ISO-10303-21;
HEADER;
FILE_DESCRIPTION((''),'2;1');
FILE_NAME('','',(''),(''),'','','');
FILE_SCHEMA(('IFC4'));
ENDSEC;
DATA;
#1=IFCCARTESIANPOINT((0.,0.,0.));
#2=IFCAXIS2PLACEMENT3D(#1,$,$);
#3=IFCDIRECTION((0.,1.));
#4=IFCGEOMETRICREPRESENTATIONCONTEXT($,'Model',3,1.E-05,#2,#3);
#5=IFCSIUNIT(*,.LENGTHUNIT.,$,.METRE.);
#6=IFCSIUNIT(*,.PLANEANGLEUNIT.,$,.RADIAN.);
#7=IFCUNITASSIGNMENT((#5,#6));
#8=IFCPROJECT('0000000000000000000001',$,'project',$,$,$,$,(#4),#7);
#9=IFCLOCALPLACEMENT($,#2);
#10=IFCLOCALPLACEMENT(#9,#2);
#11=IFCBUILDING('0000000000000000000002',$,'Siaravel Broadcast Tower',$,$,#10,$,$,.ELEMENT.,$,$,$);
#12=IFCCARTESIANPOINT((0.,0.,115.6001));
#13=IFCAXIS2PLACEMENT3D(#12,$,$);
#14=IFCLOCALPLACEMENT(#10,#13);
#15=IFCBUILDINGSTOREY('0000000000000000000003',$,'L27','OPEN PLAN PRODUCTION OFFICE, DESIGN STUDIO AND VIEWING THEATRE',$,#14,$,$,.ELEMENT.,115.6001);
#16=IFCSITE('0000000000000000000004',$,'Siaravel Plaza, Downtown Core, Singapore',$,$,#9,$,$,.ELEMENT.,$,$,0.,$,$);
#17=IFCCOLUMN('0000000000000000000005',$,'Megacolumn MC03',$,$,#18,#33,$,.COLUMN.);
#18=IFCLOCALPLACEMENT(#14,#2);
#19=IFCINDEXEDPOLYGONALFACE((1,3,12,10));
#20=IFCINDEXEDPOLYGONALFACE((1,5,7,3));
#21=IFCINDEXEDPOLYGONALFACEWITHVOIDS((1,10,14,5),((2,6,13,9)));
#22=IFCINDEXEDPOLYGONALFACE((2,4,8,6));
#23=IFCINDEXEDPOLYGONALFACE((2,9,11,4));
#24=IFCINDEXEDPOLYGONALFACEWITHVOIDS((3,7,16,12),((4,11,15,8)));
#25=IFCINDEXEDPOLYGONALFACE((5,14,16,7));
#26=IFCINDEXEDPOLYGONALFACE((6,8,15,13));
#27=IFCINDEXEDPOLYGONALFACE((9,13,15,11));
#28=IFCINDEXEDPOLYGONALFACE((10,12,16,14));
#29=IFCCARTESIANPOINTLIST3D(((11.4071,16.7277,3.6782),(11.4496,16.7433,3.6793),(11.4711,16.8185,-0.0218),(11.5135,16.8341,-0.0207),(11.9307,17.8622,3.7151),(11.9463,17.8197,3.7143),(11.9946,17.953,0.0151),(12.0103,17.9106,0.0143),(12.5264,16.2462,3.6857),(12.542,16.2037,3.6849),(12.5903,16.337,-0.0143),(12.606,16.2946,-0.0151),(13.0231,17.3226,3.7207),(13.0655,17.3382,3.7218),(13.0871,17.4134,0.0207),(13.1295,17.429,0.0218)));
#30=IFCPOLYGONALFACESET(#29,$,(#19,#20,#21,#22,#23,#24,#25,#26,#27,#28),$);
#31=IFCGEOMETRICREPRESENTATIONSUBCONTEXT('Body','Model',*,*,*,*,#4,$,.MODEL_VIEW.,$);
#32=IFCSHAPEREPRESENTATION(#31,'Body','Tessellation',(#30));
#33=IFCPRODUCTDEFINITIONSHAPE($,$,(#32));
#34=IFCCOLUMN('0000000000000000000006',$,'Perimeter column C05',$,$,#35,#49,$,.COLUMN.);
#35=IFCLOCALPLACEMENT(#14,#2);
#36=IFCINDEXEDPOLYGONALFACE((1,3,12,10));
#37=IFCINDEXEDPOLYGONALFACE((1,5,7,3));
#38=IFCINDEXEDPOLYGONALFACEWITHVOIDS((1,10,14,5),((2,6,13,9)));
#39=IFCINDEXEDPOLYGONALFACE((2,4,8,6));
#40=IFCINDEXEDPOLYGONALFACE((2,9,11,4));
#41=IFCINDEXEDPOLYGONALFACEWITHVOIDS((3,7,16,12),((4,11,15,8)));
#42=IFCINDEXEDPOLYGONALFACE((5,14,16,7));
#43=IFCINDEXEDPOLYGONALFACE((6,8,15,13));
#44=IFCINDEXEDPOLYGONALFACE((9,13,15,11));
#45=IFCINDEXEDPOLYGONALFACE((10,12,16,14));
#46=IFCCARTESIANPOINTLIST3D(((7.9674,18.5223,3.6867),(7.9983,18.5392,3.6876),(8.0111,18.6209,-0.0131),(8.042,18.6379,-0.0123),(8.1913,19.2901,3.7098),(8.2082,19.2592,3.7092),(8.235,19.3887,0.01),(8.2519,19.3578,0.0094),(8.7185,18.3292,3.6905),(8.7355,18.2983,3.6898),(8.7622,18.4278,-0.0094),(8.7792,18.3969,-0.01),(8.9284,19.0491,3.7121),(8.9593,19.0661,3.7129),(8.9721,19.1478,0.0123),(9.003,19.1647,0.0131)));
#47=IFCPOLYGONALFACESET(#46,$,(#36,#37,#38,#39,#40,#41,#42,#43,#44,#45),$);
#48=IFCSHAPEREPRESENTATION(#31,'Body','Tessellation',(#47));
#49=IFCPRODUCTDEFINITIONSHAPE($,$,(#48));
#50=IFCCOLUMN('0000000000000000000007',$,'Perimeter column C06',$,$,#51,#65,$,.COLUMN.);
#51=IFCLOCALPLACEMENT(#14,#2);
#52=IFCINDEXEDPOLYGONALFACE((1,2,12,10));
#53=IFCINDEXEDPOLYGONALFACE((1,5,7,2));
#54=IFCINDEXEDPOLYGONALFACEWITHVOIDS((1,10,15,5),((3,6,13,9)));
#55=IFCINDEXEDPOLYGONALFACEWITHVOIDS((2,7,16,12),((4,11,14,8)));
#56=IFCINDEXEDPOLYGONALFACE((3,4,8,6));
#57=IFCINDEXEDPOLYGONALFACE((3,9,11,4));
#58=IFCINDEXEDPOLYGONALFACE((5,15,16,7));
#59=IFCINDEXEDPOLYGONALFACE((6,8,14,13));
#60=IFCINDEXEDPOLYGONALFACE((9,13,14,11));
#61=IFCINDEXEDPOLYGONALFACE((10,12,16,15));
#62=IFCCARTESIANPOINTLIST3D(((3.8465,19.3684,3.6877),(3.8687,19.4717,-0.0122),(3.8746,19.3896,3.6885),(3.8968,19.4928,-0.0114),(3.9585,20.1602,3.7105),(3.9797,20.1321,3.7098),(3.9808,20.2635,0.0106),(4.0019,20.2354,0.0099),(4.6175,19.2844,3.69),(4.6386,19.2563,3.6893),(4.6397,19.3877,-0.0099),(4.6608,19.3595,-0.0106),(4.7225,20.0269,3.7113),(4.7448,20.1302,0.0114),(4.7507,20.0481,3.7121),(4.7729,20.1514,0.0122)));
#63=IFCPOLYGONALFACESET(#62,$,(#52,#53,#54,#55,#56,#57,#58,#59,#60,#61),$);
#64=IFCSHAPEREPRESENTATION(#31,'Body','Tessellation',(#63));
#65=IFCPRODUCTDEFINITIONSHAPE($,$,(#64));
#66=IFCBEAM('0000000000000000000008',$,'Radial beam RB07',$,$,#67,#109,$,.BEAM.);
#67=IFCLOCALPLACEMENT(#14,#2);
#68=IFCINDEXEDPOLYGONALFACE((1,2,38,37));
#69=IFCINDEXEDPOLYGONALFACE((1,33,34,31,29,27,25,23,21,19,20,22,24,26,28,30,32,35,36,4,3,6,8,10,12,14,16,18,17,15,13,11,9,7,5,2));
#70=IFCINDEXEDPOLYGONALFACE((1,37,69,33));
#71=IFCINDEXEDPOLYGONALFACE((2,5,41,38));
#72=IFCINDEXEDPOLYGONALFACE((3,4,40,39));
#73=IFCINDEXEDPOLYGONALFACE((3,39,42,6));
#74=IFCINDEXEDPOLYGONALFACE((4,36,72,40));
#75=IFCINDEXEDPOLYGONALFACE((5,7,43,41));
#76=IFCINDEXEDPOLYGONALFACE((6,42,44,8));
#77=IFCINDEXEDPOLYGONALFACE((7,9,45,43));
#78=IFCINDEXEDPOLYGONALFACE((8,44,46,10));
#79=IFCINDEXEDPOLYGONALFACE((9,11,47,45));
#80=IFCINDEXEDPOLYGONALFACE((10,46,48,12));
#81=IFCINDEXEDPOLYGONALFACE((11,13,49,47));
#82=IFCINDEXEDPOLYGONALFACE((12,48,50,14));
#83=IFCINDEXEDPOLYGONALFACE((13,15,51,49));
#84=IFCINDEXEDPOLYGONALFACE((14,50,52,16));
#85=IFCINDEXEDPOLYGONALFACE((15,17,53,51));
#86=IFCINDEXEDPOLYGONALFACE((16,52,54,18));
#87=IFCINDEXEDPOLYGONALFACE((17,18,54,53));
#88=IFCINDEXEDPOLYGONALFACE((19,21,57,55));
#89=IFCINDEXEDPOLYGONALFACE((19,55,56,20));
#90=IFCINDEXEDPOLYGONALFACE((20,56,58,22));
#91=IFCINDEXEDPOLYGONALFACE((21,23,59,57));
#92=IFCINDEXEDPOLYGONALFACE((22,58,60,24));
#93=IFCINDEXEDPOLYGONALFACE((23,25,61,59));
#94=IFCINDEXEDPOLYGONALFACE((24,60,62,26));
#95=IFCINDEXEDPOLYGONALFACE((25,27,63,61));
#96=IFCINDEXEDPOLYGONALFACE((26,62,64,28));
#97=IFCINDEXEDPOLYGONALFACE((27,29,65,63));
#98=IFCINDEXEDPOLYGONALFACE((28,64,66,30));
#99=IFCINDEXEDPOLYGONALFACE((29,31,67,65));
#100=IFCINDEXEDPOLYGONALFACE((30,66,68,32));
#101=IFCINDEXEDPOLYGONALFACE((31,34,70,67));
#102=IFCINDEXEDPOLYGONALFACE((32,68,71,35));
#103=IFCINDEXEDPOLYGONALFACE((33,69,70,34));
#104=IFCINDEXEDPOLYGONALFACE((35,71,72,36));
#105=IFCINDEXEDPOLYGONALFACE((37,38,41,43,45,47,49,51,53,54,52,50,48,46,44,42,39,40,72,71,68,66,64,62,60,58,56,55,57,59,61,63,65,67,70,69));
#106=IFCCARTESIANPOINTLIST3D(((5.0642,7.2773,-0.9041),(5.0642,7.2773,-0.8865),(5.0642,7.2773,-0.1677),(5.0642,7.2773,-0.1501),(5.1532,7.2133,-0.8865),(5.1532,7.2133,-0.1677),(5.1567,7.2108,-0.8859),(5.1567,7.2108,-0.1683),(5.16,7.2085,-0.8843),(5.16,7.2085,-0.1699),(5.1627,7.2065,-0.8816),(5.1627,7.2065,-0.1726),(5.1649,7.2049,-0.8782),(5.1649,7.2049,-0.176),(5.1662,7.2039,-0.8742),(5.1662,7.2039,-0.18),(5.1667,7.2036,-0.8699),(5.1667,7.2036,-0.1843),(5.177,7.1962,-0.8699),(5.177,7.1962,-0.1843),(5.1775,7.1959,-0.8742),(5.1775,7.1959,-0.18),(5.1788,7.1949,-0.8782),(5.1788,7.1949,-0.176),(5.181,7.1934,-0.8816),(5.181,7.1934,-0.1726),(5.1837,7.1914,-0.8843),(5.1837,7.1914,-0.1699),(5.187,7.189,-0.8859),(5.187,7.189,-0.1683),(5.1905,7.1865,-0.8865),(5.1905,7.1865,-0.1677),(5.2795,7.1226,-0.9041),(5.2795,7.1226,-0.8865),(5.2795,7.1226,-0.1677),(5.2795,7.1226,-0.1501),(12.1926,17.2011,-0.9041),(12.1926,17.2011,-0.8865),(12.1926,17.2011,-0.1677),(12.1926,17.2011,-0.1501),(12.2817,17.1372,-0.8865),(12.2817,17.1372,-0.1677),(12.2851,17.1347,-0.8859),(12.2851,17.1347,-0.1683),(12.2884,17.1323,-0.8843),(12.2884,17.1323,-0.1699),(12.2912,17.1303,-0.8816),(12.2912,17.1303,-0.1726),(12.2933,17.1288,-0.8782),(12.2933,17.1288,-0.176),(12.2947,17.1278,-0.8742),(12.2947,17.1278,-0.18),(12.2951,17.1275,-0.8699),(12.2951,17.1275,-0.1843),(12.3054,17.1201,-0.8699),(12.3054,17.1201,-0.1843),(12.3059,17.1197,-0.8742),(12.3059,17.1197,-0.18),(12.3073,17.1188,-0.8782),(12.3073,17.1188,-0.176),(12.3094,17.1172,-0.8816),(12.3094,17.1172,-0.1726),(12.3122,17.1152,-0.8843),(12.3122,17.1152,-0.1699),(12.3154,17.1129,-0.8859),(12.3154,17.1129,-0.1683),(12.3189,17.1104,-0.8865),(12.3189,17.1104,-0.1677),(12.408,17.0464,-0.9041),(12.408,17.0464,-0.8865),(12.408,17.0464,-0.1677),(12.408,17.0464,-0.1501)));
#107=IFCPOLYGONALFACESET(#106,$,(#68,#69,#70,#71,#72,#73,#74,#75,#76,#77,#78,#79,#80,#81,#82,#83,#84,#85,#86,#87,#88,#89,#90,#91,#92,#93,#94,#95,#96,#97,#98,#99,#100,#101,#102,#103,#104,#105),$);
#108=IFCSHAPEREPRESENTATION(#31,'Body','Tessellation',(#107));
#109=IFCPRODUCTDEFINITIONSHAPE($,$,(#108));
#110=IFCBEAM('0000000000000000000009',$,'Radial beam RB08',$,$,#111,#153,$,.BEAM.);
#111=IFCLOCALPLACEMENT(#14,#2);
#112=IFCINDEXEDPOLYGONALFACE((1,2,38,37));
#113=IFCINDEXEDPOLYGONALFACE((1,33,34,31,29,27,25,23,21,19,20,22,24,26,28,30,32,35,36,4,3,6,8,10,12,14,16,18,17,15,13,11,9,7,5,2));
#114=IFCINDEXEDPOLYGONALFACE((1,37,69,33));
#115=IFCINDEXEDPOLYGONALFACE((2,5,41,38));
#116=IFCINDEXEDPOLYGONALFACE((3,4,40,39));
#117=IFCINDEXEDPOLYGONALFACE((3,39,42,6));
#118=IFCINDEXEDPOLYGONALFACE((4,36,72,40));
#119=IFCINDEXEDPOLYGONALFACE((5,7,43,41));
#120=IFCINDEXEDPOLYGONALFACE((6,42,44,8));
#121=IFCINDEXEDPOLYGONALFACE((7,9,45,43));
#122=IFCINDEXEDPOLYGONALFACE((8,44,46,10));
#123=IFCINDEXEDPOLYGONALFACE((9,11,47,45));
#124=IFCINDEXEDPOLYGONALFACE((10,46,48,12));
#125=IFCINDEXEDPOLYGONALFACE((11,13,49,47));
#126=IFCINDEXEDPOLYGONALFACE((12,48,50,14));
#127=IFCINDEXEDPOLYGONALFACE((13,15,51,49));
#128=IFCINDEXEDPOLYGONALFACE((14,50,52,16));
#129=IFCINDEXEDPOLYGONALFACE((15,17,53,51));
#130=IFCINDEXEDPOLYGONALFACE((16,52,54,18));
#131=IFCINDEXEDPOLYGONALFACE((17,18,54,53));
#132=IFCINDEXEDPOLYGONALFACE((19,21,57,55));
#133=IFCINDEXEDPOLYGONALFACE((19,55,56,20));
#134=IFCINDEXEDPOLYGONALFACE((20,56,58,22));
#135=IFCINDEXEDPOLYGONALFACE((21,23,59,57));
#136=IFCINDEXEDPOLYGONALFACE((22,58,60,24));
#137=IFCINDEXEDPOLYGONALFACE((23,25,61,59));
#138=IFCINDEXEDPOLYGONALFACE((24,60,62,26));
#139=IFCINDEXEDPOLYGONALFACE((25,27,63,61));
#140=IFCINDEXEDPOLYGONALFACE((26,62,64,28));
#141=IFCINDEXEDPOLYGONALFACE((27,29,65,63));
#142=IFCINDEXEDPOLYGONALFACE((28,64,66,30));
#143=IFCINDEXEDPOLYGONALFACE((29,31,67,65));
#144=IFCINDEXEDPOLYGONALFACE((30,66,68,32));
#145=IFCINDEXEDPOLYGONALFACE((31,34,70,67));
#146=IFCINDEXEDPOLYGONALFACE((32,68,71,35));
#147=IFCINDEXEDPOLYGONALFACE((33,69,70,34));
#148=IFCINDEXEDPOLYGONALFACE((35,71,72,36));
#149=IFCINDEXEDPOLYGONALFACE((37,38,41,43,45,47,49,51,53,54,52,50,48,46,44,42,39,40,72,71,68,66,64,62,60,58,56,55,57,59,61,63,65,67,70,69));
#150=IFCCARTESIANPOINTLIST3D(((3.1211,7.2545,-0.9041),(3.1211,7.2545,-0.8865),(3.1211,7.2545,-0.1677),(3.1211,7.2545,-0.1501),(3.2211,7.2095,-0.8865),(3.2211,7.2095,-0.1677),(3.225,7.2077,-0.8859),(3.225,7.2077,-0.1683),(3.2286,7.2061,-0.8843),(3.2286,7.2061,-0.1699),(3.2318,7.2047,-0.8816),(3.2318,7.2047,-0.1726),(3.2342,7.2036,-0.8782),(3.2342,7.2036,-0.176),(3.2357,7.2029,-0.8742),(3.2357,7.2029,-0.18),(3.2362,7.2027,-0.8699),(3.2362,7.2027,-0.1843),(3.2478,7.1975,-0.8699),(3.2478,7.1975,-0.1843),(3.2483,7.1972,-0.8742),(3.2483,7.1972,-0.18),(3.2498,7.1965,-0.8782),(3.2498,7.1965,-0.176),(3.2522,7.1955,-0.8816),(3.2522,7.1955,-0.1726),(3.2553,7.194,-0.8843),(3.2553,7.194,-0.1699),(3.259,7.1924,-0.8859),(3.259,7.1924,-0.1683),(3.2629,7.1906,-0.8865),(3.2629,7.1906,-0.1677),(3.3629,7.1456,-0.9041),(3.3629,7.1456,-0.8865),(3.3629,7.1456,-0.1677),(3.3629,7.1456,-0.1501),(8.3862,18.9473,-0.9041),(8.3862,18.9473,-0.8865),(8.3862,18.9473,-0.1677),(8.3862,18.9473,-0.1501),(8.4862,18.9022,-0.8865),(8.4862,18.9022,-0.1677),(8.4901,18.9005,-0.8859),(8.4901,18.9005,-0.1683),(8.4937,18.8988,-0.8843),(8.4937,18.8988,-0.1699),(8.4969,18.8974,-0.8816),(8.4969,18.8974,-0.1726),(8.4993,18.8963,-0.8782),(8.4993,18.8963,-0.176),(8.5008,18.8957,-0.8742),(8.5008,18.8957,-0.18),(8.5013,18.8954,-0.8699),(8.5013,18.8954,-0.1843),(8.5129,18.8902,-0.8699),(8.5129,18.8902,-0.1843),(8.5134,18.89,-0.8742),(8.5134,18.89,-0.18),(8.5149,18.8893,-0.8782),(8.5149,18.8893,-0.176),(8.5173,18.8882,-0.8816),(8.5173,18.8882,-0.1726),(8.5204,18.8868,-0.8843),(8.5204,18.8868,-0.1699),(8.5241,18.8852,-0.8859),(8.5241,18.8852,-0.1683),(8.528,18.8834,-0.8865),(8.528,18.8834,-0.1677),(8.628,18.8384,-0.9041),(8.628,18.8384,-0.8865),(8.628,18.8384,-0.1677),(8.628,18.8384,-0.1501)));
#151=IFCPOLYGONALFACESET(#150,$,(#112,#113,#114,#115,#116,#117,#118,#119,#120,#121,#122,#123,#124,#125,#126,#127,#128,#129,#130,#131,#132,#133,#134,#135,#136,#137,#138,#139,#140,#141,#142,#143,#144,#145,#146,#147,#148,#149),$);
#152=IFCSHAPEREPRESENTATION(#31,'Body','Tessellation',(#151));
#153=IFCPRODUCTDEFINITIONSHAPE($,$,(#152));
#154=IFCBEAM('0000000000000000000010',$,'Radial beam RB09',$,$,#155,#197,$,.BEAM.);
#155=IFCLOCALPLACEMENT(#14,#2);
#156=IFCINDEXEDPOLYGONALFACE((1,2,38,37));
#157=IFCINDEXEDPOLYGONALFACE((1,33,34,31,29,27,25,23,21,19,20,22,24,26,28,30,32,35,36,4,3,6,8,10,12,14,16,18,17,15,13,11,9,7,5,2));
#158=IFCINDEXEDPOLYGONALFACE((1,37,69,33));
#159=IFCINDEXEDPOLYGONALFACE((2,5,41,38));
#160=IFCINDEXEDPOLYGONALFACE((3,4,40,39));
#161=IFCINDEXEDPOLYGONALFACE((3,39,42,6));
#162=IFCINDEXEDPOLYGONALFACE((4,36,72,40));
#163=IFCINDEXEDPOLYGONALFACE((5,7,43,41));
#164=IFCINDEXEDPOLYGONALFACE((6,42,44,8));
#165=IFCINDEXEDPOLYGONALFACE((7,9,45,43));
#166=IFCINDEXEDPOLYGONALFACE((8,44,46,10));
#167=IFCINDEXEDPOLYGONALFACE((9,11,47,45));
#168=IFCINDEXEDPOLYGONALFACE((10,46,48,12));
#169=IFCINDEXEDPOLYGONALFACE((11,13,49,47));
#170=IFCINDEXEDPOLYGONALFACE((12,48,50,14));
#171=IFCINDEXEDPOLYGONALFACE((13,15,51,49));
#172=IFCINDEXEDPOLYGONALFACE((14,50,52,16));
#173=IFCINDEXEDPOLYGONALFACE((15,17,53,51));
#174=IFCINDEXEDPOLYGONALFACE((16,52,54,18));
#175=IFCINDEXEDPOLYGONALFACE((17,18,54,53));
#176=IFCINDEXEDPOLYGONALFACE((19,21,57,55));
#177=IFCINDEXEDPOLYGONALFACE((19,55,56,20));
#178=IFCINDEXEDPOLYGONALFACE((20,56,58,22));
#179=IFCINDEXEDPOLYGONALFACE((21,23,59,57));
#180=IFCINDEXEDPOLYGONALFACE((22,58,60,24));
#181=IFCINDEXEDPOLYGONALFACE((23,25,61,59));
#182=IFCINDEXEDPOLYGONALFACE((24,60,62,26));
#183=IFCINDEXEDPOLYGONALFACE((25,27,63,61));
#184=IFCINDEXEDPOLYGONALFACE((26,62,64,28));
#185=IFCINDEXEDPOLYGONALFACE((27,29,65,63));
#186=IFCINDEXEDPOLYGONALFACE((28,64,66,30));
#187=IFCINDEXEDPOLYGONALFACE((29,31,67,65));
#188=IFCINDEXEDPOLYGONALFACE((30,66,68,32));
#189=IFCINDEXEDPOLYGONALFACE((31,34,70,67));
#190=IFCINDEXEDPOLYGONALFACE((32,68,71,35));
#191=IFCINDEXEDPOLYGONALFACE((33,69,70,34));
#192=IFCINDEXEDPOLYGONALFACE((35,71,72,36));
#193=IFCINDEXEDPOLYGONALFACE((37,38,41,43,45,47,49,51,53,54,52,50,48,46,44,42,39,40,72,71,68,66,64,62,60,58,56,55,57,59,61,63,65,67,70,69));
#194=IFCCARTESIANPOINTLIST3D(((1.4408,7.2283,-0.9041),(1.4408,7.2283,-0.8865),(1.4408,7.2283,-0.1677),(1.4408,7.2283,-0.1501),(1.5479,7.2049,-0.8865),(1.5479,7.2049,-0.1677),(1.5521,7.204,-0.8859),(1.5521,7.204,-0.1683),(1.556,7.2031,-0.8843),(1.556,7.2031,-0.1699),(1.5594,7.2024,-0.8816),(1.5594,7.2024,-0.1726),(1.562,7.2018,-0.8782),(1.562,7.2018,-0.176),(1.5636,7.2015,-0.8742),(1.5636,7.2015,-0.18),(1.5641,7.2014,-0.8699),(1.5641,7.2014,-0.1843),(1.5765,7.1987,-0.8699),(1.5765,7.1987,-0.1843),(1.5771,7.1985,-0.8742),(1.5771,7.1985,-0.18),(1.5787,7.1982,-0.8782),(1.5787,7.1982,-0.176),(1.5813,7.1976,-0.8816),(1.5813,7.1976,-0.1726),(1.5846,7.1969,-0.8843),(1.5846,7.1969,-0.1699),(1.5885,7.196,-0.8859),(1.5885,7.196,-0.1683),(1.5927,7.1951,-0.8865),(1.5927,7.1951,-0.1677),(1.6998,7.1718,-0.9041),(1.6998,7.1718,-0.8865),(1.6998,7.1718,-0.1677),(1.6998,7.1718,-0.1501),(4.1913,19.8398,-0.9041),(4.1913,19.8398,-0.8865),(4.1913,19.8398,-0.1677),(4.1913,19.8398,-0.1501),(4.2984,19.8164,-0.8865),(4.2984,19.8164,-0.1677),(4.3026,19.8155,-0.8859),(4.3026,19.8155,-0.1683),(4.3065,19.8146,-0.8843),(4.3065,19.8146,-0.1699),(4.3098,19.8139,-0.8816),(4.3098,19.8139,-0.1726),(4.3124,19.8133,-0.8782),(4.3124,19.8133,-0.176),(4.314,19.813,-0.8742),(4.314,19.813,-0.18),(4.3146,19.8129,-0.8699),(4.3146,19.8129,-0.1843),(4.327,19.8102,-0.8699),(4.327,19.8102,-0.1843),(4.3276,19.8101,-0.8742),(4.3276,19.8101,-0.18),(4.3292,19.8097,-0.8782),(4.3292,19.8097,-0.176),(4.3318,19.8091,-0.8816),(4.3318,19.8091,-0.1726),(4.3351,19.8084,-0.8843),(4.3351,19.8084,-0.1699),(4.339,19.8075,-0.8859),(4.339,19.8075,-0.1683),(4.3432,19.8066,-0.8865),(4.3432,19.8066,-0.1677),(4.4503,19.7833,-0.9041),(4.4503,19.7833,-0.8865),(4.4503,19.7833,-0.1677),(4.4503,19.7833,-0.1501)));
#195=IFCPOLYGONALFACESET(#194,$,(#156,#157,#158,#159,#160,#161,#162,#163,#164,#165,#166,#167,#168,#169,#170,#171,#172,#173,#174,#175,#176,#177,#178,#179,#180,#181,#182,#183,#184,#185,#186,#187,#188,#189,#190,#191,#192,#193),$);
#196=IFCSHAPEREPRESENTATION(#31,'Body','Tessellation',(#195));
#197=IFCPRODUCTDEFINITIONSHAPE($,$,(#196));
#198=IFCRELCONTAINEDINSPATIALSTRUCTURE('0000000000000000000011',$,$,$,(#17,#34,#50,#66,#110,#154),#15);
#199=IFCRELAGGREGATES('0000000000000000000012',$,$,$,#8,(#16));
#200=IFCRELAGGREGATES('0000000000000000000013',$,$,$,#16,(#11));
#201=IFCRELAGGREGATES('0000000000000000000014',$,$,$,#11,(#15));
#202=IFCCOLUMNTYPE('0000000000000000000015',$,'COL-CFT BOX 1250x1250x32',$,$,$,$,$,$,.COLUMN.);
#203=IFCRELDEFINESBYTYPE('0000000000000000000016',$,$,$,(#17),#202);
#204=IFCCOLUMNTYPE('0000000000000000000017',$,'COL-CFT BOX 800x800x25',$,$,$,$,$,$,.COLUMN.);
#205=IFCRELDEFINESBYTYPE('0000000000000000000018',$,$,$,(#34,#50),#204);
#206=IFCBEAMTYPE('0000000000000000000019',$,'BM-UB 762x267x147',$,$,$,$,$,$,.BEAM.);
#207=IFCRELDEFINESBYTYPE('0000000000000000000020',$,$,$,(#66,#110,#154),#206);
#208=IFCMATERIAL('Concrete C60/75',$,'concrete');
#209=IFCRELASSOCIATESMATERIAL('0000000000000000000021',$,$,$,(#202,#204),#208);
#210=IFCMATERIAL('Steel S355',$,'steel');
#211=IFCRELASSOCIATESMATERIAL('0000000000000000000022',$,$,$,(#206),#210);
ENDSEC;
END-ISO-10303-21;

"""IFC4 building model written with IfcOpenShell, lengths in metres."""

from ifc_helpers import new_model, si_unit, direction, frame, origin, origin_2d, place, context, subcontext, project, spatial, hollow_rectangle, i_section, extrude, material, material_profile, profile_set, type_object, element, save


model = new_model("IFC4")

# Units and contexts
model_context = context("Model", 3, precision=1e-05, world=origin(), true_north=direction((0.0, 1.0)))
body_context = subcontext(model_context, "Body", "Model", "MODEL_VIEW")
ifc_project = project(units=[si_unit("LENGTHUNIT", "METRE"), si_unit("PLANEANGLEUNIT", "RADIAN")], contexts=[model_context])

# Site, building, storey
site_placement = place(None, origin())
site = spatial("IfcSite", under=ifc_project, at=site_placement, Name="Siaravel Plaza, Downtown Core, Singapore", CompositionType="ELEMENT", RefElevation=0.0)
building_placement = place(site_placement, origin())
building = spatial("IfcBuilding", under=site, at=building_placement, Name="Siaravel Broadcast Tower", CompositionType="ELEMENT")
storey_placement = place(building_placement, frame((0.0, 0.0, 115.6001)))
storey = spatial("IfcBuildingStorey", under=building, at=storey_placement, Name="L27", Description="OPEN PLAN PRODUCTION OFFICE, DESIGN STUDIO AND VIEWING THEATRE", CompositionType="ELEMENT", Elevation=115.6001)

# Columns
ifc_material_1 = material(Name="Concrete C60/75", Category="concrete")
ifc_material_profile_1 = material_profile(ifc_material_1, hollow_rectangle(XDim=1.25, YDim=1.25, WallThickness=0.032, at=origin_2d()))
ifc_profile_set_1 = profile_set([ifc_material_profile_1], Name="Concrete C60/75")
column_type_1 = type_object("IfcColumnType", Name="COL-CFT BOX 1250x1250x32", PredefinedType="COLUMN", material=ifc_profile_set_1)
column_placement = place(storey_placement, frame((12.3003, 17.1238, 0.0), z_axis=(-0.01728, -0.024535, 0.99955), x_axis=(0.907898, -0.419155, 0.005407)))
element("IfcColumn", 1, at=column_placement, inside=storey, type_object=column_type_1, Name="Megacolumn MC03", PredefinedType="COLUMN", context=body_context, shape_type="SweptSolid", body=[
    extrude(hollow_rectangle(XDim=1.25, YDim=1.25, WallThickness=0.032, at=origin_2d()), origin(), (0.0, 0.0, 1.0), 3.7017),
])
ifc_material_profile_2 = material_profile(ifc_material_1, hollow_rectangle(XDim=0.8, YDim=0.8, WallThickness=0.0249, at=origin_2d()))
ifc_profile_set_2 = profile_set([ifc_material_profile_2], Name="Concrete C60/75")
column_type_2 = type_object("IfcColumnType", Name="COL-CFT BOX 800x800x25", PredefinedType="COLUMN", material=ifc_profile_set_2)
for number, where, z_axis, x_axis, name in (
    (2, (8.5071, 18.8928, 0.0), (-0.011806, -0.026647, 0.999575), (0.959994, -0.279992, 0.003875), "Perimeter column C05"),
    (3, (4.3208, 19.8115, 0.0), (-0.006002, -0.0279, 0.999593), (0.990125, -0.140169, 0.002033), "Perimeter column C06"),
):
    element("IfcColumn", number, at=place(storey_placement, frame(where, z_axis=z_axis, x_axis=x_axis)), inside=storey, type_object=column_type_2, Name=name, PredefinedType="COLUMN", context=body_context, shape_type="SweptSolid", body=[
        extrude(hollow_rectangle(XDim=0.8, YDim=0.8, WallThickness=0.0249, at=origin_2d()), origin(), (0.0, 0.0, 1.0), 3.7014),
    ])

# Beams
ifc_material_2 = material(Name="Steel S355", Category="steel")
ifc_material_profile_3 = material_profile(ifc_material_2, i_section(OverallWidth=0.2651, OverallDepth=0.7539, WebThickness=0.0127, FlangeThickness=0.0176, FilletRadius=0.0166, at=origin_2d()))
ifc_profile_set_3 = profile_set([ifc_material_profile_3], Name="Steel S355")
beam_type = type_object("IfcBeamType", Name="BM-UB 762x267x147", PredefinedType="BEAM", material=ifc_profile_set_3)
beam_1_placement = place(storey_placement, frame((12.3003, 17.1238, -0.5271), z_axis=(-0.583402, -0.812183, 0.0), x_axis=(0.812183, -0.583402, 0.0)))
element("IfcBeam", 4, at=beam_1_placement, inside=storey, type_object=beam_type, Name="Radial beam RB07", PredefinedType="BEAM", context=body_context, shape_type="SweptSolid", body=[
    extrude(i_section(OverallWidth=0.2651, OverallDepth=0.7539, WebThickness=0.0127, FlangeThickness=0.0176, FilletRadius=0.0166, at=origin_2d()), origin(), (0.0, 0.0, 1.0), 12.2188),
])
beam_2_placement = place(storey_placement, frame((8.5071, 18.8928, -0.5271), z_axis=(-0.410582, -0.911824, 0.0), x_axis=(0.911824, -0.410582, 0.0)))
element("IfcBeam", 5, at=beam_2_placement, inside=storey, type_object=beam_type, Name="Radial beam RB08", PredefinedType="BEAM", context=body_context, shape_type="SweptSolid", body=[
    extrude(i_section(OverallWidth=0.2651, OverallDepth=0.7539, WebThickness=0.0127, FlangeThickness=0.0176, FilletRadius=0.0166, at=origin_2d()), origin(), (0.0, 0.0, 1.0), 12.8235),
])
beam_3_placement = place(storey_placement, frame((4.3208, 19.8115, -0.5271), z_axis=(-0.213084, -0.977034, 0.0), x_axis=(0.977034, -0.213084, 0.0)))
element("IfcBeam", 6, at=beam_3_placement, inside=storey, type_object=beam_type, Name="Radial beam RB09", PredefinedType="BEAM", context=body_context, shape_type="SweptSolid", body=[
    extrude(i_section(OverallWidth=0.2651, OverallDepth=0.7539, WebThickness=0.0127, FlangeThickness=0.0176, FilletRadius=0.0166, at=origin_2d()), origin(), (0.0, 0.0, 1.0), 12.908),
])

save(model, "model.ifc")
